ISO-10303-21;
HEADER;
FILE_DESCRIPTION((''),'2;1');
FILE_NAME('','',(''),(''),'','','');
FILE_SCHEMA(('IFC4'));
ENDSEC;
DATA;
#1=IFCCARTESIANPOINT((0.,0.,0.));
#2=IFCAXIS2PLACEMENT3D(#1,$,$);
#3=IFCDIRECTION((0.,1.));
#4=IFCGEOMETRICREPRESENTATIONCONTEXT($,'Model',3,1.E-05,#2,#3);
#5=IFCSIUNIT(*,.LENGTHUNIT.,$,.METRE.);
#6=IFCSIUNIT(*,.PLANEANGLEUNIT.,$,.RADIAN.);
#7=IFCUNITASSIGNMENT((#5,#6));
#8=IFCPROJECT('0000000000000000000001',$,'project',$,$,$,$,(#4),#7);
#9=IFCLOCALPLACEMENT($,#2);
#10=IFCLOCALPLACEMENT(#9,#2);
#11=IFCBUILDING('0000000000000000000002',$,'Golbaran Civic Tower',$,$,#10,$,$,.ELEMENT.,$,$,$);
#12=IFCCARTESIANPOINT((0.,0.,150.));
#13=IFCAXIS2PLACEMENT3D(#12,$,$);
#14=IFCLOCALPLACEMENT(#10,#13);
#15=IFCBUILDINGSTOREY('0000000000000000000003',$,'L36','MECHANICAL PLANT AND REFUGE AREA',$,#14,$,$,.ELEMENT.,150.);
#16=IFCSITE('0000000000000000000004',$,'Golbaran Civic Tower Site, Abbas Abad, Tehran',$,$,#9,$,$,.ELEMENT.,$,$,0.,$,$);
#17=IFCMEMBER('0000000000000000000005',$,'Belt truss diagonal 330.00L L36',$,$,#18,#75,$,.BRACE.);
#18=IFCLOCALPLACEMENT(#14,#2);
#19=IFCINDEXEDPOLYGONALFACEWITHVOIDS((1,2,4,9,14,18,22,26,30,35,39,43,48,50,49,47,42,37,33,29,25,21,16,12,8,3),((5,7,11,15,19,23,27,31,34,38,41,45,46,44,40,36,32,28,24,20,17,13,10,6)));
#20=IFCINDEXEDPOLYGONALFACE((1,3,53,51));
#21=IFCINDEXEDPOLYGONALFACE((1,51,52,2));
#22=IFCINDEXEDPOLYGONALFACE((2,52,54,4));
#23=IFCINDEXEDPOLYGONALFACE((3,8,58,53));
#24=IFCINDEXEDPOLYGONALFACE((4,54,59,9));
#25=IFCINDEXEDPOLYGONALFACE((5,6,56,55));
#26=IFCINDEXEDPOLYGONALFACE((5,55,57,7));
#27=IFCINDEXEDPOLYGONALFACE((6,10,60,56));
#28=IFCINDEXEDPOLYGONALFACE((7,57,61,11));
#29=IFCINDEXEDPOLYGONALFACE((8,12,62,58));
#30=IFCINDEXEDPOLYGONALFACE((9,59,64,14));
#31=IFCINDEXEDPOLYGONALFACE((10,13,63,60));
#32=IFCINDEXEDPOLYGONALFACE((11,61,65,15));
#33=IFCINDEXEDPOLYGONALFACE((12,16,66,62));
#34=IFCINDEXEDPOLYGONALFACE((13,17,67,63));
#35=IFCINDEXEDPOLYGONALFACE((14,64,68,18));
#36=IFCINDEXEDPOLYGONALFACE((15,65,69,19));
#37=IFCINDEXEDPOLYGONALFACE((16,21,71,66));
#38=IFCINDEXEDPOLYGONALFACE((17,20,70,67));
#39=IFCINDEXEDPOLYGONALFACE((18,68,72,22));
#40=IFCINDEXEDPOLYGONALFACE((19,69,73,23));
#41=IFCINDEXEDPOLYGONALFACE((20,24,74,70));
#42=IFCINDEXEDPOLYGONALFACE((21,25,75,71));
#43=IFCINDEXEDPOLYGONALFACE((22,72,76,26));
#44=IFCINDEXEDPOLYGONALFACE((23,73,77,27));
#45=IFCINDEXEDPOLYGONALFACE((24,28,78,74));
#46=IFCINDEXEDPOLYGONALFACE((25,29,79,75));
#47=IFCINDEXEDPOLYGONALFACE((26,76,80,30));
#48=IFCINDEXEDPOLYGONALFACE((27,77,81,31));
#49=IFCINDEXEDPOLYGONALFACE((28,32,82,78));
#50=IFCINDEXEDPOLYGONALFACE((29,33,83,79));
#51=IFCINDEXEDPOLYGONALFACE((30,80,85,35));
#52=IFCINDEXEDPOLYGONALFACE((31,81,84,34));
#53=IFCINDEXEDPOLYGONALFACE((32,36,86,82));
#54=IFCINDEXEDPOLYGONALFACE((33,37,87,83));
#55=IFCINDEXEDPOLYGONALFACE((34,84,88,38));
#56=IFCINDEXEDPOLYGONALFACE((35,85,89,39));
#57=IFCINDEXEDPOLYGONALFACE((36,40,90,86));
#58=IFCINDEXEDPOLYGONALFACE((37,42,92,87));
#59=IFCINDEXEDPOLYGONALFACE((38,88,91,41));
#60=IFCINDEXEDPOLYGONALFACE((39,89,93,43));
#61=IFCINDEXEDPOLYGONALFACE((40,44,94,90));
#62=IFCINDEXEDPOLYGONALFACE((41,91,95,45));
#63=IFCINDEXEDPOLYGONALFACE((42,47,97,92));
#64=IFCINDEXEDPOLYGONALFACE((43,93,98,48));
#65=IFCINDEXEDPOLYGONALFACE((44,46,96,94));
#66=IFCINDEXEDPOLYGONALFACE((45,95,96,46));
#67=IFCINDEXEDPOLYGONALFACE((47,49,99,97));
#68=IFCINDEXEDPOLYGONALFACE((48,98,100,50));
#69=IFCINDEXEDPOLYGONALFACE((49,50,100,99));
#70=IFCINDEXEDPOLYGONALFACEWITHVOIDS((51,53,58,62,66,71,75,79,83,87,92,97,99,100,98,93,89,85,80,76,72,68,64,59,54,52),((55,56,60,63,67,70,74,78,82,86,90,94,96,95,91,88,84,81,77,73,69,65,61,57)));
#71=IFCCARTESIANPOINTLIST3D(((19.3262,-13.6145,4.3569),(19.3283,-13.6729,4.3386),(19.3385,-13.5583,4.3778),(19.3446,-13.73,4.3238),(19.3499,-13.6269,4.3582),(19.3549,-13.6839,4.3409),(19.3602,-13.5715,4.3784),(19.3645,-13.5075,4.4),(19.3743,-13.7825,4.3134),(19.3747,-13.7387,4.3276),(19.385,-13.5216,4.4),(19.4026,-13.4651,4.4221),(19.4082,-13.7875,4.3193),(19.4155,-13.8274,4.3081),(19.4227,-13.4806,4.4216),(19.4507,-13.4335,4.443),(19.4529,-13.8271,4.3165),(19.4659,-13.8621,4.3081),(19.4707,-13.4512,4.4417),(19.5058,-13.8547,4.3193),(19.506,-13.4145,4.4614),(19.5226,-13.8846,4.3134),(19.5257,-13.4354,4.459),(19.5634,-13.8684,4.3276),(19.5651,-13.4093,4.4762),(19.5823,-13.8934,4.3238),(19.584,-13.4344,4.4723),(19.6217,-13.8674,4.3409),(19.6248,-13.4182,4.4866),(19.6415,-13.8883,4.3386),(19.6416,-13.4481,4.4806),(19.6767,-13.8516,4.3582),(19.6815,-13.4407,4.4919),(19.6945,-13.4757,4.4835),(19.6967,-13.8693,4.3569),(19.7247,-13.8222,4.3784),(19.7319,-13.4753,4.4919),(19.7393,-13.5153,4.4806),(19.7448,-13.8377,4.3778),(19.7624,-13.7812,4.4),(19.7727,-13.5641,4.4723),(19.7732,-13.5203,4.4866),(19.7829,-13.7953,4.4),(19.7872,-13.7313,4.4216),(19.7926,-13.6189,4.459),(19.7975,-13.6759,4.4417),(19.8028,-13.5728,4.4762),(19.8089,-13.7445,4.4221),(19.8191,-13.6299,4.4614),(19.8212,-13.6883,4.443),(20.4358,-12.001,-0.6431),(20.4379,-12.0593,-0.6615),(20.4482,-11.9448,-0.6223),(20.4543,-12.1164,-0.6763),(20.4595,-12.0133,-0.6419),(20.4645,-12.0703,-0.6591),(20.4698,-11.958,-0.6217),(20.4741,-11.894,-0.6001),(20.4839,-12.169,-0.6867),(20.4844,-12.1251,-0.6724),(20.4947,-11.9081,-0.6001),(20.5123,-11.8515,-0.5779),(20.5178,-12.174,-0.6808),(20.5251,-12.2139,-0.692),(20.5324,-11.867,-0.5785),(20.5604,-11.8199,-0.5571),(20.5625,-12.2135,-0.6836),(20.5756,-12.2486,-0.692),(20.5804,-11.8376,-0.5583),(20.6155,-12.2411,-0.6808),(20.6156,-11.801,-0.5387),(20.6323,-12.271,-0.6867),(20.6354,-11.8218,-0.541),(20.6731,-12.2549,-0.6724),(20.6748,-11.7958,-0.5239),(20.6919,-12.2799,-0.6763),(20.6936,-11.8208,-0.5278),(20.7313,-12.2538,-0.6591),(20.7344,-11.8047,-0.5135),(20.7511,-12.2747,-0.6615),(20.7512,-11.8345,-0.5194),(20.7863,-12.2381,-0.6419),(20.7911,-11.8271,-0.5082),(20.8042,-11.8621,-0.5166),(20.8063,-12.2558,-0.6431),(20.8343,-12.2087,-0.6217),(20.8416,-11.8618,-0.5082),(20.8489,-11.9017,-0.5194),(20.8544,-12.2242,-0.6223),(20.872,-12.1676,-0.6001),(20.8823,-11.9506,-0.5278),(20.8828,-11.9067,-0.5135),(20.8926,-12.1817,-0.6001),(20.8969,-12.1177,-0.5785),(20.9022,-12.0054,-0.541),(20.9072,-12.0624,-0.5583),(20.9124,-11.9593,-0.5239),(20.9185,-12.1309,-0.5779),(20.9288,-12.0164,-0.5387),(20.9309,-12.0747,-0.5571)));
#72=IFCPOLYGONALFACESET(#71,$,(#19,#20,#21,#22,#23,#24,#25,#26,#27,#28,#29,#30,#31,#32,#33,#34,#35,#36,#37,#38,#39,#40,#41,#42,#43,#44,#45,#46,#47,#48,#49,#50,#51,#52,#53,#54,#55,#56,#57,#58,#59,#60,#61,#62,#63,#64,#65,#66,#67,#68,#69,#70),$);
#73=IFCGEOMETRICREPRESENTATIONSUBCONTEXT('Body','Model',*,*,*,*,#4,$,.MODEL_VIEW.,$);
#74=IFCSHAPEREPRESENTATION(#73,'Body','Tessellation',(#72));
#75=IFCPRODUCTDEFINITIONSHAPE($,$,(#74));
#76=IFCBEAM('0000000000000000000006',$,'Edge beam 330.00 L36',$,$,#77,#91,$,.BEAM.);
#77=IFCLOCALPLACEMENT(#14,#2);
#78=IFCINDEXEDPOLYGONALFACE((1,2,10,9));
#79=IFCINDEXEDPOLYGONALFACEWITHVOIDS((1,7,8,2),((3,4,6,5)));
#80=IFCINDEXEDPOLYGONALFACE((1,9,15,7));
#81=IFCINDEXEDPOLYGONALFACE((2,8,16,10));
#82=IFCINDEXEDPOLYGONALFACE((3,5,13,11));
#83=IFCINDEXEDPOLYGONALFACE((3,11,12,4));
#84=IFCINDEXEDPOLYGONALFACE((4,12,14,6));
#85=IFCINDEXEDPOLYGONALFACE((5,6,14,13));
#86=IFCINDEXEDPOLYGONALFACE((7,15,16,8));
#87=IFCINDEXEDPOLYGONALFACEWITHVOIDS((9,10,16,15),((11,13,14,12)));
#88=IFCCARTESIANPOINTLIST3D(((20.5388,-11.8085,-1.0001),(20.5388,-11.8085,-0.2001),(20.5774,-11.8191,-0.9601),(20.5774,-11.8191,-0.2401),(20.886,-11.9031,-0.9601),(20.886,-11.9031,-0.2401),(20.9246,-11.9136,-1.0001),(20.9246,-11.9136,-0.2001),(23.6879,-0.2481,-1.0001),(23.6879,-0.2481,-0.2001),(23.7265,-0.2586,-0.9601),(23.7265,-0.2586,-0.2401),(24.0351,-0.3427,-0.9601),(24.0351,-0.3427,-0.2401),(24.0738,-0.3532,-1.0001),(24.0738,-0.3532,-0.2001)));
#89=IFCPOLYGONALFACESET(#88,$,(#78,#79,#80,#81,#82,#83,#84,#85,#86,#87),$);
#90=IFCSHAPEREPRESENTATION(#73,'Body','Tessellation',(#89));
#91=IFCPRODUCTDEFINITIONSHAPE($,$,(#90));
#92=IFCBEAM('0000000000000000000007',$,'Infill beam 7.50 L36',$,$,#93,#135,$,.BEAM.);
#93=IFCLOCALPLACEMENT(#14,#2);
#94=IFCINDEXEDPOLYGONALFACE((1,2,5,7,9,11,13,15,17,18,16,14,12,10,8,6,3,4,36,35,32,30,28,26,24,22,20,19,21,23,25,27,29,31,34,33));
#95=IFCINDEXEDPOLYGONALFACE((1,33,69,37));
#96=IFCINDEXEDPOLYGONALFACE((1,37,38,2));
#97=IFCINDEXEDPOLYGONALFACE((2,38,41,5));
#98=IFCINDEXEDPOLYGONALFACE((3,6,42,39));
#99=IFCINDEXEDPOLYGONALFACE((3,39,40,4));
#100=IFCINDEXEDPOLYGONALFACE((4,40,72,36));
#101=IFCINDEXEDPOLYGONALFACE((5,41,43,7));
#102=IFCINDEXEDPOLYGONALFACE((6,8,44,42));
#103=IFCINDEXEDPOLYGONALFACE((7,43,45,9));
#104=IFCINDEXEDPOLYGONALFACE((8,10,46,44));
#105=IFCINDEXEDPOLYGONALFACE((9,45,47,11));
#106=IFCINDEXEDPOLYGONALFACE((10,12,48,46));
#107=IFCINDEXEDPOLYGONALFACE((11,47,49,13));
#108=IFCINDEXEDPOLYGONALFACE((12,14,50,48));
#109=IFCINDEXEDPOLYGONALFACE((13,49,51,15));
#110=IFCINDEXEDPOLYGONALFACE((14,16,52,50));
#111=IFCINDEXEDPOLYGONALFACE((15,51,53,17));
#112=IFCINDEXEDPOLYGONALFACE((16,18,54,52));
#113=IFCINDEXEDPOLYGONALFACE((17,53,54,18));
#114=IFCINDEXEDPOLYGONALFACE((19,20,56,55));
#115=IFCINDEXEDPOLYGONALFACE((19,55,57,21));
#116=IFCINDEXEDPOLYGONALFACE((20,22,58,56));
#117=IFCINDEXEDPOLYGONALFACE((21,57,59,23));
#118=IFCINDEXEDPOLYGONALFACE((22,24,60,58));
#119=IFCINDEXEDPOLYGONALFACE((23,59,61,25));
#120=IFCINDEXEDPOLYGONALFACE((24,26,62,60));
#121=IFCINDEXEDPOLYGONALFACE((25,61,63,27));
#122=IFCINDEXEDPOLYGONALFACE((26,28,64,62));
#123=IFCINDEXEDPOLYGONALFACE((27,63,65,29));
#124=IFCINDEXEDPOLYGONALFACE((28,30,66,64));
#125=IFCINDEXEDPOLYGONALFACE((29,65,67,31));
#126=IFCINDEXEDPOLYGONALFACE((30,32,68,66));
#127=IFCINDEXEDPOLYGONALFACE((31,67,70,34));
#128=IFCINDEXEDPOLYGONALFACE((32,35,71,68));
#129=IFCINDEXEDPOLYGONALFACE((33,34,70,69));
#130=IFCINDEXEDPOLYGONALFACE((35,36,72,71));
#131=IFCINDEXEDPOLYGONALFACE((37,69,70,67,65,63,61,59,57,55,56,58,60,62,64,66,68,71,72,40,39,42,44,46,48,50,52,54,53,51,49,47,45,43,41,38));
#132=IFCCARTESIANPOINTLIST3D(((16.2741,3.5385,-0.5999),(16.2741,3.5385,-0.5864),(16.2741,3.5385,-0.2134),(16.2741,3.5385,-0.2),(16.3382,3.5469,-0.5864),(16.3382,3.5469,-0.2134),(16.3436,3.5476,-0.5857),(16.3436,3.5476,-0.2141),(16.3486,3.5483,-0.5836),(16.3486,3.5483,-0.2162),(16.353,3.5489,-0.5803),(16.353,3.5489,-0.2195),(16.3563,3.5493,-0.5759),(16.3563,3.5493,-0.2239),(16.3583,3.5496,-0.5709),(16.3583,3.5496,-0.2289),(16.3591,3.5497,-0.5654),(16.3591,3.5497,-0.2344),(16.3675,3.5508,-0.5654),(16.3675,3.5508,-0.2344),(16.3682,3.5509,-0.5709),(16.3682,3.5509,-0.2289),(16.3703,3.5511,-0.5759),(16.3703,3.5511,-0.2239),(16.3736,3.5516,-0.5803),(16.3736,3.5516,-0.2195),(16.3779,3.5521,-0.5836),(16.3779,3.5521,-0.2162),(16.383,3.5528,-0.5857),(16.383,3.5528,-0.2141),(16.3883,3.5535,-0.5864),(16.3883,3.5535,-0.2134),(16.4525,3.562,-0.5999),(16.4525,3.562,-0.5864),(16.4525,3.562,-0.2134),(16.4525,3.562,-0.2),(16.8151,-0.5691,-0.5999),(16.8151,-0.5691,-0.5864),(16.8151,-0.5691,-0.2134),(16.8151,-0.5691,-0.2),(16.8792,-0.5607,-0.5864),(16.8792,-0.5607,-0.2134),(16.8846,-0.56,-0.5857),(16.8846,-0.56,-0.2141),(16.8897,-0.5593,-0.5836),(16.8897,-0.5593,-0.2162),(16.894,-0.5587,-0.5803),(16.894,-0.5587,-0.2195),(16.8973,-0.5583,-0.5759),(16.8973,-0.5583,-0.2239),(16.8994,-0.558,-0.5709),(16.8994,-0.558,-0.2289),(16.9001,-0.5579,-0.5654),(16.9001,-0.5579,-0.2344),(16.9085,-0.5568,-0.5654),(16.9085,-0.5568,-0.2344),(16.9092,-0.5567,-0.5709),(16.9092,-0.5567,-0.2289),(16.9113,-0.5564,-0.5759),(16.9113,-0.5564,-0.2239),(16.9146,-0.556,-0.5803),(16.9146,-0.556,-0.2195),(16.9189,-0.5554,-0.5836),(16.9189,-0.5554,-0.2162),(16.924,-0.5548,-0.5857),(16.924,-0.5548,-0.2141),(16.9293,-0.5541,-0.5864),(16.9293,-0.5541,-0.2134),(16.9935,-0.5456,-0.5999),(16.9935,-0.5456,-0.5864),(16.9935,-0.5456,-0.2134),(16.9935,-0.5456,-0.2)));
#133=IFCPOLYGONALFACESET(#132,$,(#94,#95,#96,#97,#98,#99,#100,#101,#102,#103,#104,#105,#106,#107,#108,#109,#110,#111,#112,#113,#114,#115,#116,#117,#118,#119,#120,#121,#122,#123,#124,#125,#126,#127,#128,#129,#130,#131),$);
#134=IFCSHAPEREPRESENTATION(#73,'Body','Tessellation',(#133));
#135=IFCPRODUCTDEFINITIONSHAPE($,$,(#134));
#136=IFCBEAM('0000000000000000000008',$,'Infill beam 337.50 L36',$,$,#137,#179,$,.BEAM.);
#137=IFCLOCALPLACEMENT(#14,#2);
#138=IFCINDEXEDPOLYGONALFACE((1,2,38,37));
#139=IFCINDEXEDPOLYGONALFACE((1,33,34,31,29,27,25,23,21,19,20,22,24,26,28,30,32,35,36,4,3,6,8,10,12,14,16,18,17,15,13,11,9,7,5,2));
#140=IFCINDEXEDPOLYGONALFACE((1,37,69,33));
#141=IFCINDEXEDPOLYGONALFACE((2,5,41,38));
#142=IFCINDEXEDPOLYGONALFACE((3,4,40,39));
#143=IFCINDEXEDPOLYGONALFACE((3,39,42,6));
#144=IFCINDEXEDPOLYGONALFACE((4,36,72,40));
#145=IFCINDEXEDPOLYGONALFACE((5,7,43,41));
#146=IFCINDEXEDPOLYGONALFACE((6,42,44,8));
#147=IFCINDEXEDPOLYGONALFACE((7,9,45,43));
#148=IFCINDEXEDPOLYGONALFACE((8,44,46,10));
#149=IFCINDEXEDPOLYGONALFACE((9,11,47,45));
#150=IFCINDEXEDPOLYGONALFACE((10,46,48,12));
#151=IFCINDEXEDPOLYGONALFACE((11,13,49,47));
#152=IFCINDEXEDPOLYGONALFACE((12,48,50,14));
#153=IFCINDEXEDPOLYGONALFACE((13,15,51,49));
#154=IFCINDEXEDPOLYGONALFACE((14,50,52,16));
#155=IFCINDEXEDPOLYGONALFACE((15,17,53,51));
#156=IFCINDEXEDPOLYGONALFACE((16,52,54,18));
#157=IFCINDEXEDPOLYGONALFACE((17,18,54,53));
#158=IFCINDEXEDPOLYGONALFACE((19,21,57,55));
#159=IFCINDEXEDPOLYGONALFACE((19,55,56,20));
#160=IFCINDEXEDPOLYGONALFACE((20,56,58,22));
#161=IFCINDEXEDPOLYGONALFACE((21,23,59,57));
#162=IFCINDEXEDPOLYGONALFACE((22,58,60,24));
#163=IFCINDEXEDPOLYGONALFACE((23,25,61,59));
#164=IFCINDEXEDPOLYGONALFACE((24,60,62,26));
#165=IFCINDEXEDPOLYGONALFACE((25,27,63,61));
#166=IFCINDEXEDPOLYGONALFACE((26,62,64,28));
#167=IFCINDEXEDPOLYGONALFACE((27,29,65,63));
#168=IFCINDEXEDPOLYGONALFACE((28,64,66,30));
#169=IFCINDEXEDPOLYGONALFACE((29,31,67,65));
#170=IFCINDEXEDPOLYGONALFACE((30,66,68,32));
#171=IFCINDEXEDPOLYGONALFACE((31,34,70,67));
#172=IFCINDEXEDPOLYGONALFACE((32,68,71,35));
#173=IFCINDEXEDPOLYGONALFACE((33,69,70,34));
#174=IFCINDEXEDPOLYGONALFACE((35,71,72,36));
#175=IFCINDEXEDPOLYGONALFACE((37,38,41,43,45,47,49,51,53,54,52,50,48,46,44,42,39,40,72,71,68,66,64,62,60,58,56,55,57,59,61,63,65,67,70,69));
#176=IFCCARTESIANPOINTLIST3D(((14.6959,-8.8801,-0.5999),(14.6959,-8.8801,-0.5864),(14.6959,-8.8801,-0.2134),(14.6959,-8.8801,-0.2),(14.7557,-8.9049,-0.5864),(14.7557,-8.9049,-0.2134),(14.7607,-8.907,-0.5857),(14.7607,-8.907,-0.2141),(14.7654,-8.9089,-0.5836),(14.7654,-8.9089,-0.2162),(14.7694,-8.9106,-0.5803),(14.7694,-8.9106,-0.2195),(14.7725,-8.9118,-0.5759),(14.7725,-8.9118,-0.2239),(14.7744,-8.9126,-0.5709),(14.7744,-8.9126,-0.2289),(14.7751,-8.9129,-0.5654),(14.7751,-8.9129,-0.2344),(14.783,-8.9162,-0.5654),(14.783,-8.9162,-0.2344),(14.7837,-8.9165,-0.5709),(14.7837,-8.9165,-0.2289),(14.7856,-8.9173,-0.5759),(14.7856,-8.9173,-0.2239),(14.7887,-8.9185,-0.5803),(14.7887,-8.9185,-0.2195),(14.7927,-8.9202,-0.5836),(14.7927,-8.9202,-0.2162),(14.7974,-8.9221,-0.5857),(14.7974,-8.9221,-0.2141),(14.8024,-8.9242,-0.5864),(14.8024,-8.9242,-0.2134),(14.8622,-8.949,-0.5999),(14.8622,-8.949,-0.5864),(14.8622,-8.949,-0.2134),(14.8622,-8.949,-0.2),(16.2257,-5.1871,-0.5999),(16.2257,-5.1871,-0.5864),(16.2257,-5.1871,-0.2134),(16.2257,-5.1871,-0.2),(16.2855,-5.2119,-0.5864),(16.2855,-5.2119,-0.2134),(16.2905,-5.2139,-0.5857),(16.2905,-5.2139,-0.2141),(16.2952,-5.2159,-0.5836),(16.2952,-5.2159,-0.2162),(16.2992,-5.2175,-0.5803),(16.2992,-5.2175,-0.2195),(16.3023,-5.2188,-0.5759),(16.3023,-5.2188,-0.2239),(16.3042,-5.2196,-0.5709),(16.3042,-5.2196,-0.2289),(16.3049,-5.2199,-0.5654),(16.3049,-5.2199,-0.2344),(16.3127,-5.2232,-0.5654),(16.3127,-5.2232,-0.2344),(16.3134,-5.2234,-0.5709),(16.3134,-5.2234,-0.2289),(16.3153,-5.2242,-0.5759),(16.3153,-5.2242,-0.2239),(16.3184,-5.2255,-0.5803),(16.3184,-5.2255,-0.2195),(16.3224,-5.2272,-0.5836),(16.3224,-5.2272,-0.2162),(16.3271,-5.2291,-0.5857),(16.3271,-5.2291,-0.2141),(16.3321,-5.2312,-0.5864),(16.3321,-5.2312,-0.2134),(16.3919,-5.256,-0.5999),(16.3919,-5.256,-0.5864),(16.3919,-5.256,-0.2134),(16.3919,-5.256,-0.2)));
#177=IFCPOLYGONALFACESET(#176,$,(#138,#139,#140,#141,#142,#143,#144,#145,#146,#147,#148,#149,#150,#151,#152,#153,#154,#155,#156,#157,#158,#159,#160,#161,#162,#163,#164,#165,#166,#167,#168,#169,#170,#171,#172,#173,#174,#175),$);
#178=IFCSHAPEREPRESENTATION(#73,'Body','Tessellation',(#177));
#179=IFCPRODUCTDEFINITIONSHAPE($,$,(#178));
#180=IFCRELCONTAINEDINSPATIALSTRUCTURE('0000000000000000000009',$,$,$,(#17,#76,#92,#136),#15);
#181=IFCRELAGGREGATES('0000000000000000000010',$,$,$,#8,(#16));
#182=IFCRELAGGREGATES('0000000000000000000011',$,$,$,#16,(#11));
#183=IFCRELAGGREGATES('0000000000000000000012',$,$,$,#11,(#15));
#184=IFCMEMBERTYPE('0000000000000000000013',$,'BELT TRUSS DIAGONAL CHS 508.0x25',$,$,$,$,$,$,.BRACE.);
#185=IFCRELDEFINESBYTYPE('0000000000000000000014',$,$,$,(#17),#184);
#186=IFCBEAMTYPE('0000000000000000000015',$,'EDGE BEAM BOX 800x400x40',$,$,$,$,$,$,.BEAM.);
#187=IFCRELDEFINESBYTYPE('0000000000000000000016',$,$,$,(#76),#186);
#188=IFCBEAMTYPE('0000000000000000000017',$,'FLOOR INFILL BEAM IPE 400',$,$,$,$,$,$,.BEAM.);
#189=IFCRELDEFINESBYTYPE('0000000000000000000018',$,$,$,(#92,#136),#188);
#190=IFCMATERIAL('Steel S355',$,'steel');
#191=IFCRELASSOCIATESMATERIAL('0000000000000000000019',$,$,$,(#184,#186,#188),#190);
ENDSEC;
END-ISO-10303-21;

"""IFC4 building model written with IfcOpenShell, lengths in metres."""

from ifc_helpers import new_model, si_unit, direction, frame, origin, origin_2d, place, context, subcontext, project, spatial, hollow_rectangle, hollow_circle, i_section, extrude, material, material_profile, profile_set, type_object, element, save


model = new_model("IFC4")

# Units and contexts
model_context = context("Model", 3, precision=1e-05, world=origin(), true_north=direction((0.0, 1.0)))
body_context = subcontext(model_context, "Body", "Model", "MODEL_VIEW")
ifc_project = project(units=[si_unit("LENGTHUNIT", "METRE"), si_unit("PLANEANGLEUNIT", "RADIAN")], contexts=[model_context])

# Site, building, storey
site_placement = place(None, origin())
site = spatial("IfcSite", under=ifc_project, at=site_placement, Name="Golbaran Civic Tower Site, Abbas Abad, Tehran", CompositionType="ELEMENT", RefElevation=0.0)
building_placement = place(site_placement, origin())
building = spatial("IfcBuilding", under=site, at=building_placement, Name="Golbaran Civic Tower", CompositionType="ELEMENT")
storey_placement = place(building_placement, frame((0.0, 0.0, 150.0)))
storey = spatial("IfcBuildingStorey", under=building, at=storey_placement, Name="L36", Description="MECHANICAL PLANT AND REFUGE AREA", CompositionType="ELEMENT", Elevation=150.0)

# Member
ifc_material_1 = material(Name="Steel S355", Category="steel")
ifc_material_profile_1 = material_profile(ifc_material_1, hollow_circle(Radius=0.2539, WallThickness=0.0249, at=origin_2d()), Name="CHS 508.0x25")
ifc_profile_set_1 = profile_set([ifc_material_profile_1], Name="Steel S355")
member_type_1 = type_object("IfcMemberType", Name="BELT TRUSS DIAGONAL CHS 508.0x25", PredefinedType="BRACE", material=ifc_profile_set_1)
member_1_placement = place(storey_placement, frame((20.6833, -12.0378, -0.6001), z_axis=(-0.206641, -0.300482, 0.931134), x_axis=(0.823966, -0.56664, 0.0)))
element("IfcMember", 1, at=member_1_placement, inside=storey, type_object=member_type_1, Name="Belt truss diagonal 330.00L L36", PredefinedType="BRACE", context=body_context, shape_type="SweptSolid", body=[
    extrude(hollow_circle(Radius=0.2539, WallThickness=0.0249, at=origin_2d()), origin(), (0.0, 0.0, 1.0), 5.3699),
])

# Beams
ifc_material_profile_2 = material_profile(ifc_material_1, hollow_rectangle(XDim=0.3999, YDim=0.8, WallThickness=0.04, at=origin_2d()), Name="BOX 800x400x40")
ifc_profile_set_2 = profile_set([ifc_material_profile_2], Name="Steel S355")
beam_type_1 = type_object("IfcBeamType", Name="EDGE BEAM BOX 800x400x40", PredefinedType="BEAM", material=ifc_profile_set_2)
beam_1_placement = place(storey_placement, frame((20.7317, -11.8611, -0.6001), z_axis=(0.262829, 0.964842, 0.0), x_axis=(-0.964842, 0.262829, 0.0)))
element("IfcBeam", 2, at=beam_1_placement, inside=storey, type_object=beam_type_1, Name="Edge beam 330.00 L36", PredefinedType="BEAM", context=body_context, shape_type="SweptSolid", body=[
    extrude(hollow_rectangle(XDim=0.3999, YDim=0.8, WallThickness=0.04, at=origin_2d()), origin(), (0.0, 0.0, 1.0), 11.9817),
])
ifc_material_profile_3 = material_profile(ifc_material_1, i_section(OverallWidth=0.1799, OverallDepth=0.3999, WebThickness=0.0085, FlangeThickness=0.0134, FilletRadius=0.021, at=origin_2d()), Name="IPE 400")
ifc_profile_set_3 = profile_set([ifc_material_profile_3], Name="Steel S355")
beam_type_2 = type_object("IfcBeamType", Name="FLOOR INFILL BEAM IPE 400", PredefinedType="BEAM", material=ifc_profile_set_3)
beam_2_placement = place(storey_placement, frame((16.9043, -0.5574, -0.3999), z_axis=(-0.130581, 0.991438, 0.0), x_axis=(-0.991438, -0.130581, 0.0)))
element("IfcBeam", 3, at=beam_2_placement, inside=storey, type_object=beam_type_2, Name="Infill beam 7.50 L36", PredefinedType="BEAM", context=body_context, shape_type="SweptSolid", body=[
    extrude(i_section(OverallWidth=0.1799, OverallDepth=0.3999, WebThickness=0.0085, FlangeThickness=0.0134, FilletRadius=0.021, at=origin_2d()), origin(), (0.0, 0.0, 1.0), 4.1431),
])
beam_3_placement = place(storey_placement, frame((14.7791, -8.9146, -0.3999), z_axis=(0.382693, 0.923875, 0.0), x_axis=(-0.923875, 0.382693, 0.0)))
element("IfcBeam", 4, at=beam_3_placement, inside=storey, type_object=beam_type_2, Name="Infill beam 337.50 L36", PredefinedType="BEAM", context=body_context, shape_type="SweptSolid", body=[
    extrude(i_section(OverallWidth=0.1799, OverallDepth=0.3999, WebThickness=0.0085, FlangeThickness=0.0134, FilletRadius=0.021, at=origin_2d()), origin(), (0.0, 0.0, 1.0), 3.9973),
])

save(model, "model.ifc")
